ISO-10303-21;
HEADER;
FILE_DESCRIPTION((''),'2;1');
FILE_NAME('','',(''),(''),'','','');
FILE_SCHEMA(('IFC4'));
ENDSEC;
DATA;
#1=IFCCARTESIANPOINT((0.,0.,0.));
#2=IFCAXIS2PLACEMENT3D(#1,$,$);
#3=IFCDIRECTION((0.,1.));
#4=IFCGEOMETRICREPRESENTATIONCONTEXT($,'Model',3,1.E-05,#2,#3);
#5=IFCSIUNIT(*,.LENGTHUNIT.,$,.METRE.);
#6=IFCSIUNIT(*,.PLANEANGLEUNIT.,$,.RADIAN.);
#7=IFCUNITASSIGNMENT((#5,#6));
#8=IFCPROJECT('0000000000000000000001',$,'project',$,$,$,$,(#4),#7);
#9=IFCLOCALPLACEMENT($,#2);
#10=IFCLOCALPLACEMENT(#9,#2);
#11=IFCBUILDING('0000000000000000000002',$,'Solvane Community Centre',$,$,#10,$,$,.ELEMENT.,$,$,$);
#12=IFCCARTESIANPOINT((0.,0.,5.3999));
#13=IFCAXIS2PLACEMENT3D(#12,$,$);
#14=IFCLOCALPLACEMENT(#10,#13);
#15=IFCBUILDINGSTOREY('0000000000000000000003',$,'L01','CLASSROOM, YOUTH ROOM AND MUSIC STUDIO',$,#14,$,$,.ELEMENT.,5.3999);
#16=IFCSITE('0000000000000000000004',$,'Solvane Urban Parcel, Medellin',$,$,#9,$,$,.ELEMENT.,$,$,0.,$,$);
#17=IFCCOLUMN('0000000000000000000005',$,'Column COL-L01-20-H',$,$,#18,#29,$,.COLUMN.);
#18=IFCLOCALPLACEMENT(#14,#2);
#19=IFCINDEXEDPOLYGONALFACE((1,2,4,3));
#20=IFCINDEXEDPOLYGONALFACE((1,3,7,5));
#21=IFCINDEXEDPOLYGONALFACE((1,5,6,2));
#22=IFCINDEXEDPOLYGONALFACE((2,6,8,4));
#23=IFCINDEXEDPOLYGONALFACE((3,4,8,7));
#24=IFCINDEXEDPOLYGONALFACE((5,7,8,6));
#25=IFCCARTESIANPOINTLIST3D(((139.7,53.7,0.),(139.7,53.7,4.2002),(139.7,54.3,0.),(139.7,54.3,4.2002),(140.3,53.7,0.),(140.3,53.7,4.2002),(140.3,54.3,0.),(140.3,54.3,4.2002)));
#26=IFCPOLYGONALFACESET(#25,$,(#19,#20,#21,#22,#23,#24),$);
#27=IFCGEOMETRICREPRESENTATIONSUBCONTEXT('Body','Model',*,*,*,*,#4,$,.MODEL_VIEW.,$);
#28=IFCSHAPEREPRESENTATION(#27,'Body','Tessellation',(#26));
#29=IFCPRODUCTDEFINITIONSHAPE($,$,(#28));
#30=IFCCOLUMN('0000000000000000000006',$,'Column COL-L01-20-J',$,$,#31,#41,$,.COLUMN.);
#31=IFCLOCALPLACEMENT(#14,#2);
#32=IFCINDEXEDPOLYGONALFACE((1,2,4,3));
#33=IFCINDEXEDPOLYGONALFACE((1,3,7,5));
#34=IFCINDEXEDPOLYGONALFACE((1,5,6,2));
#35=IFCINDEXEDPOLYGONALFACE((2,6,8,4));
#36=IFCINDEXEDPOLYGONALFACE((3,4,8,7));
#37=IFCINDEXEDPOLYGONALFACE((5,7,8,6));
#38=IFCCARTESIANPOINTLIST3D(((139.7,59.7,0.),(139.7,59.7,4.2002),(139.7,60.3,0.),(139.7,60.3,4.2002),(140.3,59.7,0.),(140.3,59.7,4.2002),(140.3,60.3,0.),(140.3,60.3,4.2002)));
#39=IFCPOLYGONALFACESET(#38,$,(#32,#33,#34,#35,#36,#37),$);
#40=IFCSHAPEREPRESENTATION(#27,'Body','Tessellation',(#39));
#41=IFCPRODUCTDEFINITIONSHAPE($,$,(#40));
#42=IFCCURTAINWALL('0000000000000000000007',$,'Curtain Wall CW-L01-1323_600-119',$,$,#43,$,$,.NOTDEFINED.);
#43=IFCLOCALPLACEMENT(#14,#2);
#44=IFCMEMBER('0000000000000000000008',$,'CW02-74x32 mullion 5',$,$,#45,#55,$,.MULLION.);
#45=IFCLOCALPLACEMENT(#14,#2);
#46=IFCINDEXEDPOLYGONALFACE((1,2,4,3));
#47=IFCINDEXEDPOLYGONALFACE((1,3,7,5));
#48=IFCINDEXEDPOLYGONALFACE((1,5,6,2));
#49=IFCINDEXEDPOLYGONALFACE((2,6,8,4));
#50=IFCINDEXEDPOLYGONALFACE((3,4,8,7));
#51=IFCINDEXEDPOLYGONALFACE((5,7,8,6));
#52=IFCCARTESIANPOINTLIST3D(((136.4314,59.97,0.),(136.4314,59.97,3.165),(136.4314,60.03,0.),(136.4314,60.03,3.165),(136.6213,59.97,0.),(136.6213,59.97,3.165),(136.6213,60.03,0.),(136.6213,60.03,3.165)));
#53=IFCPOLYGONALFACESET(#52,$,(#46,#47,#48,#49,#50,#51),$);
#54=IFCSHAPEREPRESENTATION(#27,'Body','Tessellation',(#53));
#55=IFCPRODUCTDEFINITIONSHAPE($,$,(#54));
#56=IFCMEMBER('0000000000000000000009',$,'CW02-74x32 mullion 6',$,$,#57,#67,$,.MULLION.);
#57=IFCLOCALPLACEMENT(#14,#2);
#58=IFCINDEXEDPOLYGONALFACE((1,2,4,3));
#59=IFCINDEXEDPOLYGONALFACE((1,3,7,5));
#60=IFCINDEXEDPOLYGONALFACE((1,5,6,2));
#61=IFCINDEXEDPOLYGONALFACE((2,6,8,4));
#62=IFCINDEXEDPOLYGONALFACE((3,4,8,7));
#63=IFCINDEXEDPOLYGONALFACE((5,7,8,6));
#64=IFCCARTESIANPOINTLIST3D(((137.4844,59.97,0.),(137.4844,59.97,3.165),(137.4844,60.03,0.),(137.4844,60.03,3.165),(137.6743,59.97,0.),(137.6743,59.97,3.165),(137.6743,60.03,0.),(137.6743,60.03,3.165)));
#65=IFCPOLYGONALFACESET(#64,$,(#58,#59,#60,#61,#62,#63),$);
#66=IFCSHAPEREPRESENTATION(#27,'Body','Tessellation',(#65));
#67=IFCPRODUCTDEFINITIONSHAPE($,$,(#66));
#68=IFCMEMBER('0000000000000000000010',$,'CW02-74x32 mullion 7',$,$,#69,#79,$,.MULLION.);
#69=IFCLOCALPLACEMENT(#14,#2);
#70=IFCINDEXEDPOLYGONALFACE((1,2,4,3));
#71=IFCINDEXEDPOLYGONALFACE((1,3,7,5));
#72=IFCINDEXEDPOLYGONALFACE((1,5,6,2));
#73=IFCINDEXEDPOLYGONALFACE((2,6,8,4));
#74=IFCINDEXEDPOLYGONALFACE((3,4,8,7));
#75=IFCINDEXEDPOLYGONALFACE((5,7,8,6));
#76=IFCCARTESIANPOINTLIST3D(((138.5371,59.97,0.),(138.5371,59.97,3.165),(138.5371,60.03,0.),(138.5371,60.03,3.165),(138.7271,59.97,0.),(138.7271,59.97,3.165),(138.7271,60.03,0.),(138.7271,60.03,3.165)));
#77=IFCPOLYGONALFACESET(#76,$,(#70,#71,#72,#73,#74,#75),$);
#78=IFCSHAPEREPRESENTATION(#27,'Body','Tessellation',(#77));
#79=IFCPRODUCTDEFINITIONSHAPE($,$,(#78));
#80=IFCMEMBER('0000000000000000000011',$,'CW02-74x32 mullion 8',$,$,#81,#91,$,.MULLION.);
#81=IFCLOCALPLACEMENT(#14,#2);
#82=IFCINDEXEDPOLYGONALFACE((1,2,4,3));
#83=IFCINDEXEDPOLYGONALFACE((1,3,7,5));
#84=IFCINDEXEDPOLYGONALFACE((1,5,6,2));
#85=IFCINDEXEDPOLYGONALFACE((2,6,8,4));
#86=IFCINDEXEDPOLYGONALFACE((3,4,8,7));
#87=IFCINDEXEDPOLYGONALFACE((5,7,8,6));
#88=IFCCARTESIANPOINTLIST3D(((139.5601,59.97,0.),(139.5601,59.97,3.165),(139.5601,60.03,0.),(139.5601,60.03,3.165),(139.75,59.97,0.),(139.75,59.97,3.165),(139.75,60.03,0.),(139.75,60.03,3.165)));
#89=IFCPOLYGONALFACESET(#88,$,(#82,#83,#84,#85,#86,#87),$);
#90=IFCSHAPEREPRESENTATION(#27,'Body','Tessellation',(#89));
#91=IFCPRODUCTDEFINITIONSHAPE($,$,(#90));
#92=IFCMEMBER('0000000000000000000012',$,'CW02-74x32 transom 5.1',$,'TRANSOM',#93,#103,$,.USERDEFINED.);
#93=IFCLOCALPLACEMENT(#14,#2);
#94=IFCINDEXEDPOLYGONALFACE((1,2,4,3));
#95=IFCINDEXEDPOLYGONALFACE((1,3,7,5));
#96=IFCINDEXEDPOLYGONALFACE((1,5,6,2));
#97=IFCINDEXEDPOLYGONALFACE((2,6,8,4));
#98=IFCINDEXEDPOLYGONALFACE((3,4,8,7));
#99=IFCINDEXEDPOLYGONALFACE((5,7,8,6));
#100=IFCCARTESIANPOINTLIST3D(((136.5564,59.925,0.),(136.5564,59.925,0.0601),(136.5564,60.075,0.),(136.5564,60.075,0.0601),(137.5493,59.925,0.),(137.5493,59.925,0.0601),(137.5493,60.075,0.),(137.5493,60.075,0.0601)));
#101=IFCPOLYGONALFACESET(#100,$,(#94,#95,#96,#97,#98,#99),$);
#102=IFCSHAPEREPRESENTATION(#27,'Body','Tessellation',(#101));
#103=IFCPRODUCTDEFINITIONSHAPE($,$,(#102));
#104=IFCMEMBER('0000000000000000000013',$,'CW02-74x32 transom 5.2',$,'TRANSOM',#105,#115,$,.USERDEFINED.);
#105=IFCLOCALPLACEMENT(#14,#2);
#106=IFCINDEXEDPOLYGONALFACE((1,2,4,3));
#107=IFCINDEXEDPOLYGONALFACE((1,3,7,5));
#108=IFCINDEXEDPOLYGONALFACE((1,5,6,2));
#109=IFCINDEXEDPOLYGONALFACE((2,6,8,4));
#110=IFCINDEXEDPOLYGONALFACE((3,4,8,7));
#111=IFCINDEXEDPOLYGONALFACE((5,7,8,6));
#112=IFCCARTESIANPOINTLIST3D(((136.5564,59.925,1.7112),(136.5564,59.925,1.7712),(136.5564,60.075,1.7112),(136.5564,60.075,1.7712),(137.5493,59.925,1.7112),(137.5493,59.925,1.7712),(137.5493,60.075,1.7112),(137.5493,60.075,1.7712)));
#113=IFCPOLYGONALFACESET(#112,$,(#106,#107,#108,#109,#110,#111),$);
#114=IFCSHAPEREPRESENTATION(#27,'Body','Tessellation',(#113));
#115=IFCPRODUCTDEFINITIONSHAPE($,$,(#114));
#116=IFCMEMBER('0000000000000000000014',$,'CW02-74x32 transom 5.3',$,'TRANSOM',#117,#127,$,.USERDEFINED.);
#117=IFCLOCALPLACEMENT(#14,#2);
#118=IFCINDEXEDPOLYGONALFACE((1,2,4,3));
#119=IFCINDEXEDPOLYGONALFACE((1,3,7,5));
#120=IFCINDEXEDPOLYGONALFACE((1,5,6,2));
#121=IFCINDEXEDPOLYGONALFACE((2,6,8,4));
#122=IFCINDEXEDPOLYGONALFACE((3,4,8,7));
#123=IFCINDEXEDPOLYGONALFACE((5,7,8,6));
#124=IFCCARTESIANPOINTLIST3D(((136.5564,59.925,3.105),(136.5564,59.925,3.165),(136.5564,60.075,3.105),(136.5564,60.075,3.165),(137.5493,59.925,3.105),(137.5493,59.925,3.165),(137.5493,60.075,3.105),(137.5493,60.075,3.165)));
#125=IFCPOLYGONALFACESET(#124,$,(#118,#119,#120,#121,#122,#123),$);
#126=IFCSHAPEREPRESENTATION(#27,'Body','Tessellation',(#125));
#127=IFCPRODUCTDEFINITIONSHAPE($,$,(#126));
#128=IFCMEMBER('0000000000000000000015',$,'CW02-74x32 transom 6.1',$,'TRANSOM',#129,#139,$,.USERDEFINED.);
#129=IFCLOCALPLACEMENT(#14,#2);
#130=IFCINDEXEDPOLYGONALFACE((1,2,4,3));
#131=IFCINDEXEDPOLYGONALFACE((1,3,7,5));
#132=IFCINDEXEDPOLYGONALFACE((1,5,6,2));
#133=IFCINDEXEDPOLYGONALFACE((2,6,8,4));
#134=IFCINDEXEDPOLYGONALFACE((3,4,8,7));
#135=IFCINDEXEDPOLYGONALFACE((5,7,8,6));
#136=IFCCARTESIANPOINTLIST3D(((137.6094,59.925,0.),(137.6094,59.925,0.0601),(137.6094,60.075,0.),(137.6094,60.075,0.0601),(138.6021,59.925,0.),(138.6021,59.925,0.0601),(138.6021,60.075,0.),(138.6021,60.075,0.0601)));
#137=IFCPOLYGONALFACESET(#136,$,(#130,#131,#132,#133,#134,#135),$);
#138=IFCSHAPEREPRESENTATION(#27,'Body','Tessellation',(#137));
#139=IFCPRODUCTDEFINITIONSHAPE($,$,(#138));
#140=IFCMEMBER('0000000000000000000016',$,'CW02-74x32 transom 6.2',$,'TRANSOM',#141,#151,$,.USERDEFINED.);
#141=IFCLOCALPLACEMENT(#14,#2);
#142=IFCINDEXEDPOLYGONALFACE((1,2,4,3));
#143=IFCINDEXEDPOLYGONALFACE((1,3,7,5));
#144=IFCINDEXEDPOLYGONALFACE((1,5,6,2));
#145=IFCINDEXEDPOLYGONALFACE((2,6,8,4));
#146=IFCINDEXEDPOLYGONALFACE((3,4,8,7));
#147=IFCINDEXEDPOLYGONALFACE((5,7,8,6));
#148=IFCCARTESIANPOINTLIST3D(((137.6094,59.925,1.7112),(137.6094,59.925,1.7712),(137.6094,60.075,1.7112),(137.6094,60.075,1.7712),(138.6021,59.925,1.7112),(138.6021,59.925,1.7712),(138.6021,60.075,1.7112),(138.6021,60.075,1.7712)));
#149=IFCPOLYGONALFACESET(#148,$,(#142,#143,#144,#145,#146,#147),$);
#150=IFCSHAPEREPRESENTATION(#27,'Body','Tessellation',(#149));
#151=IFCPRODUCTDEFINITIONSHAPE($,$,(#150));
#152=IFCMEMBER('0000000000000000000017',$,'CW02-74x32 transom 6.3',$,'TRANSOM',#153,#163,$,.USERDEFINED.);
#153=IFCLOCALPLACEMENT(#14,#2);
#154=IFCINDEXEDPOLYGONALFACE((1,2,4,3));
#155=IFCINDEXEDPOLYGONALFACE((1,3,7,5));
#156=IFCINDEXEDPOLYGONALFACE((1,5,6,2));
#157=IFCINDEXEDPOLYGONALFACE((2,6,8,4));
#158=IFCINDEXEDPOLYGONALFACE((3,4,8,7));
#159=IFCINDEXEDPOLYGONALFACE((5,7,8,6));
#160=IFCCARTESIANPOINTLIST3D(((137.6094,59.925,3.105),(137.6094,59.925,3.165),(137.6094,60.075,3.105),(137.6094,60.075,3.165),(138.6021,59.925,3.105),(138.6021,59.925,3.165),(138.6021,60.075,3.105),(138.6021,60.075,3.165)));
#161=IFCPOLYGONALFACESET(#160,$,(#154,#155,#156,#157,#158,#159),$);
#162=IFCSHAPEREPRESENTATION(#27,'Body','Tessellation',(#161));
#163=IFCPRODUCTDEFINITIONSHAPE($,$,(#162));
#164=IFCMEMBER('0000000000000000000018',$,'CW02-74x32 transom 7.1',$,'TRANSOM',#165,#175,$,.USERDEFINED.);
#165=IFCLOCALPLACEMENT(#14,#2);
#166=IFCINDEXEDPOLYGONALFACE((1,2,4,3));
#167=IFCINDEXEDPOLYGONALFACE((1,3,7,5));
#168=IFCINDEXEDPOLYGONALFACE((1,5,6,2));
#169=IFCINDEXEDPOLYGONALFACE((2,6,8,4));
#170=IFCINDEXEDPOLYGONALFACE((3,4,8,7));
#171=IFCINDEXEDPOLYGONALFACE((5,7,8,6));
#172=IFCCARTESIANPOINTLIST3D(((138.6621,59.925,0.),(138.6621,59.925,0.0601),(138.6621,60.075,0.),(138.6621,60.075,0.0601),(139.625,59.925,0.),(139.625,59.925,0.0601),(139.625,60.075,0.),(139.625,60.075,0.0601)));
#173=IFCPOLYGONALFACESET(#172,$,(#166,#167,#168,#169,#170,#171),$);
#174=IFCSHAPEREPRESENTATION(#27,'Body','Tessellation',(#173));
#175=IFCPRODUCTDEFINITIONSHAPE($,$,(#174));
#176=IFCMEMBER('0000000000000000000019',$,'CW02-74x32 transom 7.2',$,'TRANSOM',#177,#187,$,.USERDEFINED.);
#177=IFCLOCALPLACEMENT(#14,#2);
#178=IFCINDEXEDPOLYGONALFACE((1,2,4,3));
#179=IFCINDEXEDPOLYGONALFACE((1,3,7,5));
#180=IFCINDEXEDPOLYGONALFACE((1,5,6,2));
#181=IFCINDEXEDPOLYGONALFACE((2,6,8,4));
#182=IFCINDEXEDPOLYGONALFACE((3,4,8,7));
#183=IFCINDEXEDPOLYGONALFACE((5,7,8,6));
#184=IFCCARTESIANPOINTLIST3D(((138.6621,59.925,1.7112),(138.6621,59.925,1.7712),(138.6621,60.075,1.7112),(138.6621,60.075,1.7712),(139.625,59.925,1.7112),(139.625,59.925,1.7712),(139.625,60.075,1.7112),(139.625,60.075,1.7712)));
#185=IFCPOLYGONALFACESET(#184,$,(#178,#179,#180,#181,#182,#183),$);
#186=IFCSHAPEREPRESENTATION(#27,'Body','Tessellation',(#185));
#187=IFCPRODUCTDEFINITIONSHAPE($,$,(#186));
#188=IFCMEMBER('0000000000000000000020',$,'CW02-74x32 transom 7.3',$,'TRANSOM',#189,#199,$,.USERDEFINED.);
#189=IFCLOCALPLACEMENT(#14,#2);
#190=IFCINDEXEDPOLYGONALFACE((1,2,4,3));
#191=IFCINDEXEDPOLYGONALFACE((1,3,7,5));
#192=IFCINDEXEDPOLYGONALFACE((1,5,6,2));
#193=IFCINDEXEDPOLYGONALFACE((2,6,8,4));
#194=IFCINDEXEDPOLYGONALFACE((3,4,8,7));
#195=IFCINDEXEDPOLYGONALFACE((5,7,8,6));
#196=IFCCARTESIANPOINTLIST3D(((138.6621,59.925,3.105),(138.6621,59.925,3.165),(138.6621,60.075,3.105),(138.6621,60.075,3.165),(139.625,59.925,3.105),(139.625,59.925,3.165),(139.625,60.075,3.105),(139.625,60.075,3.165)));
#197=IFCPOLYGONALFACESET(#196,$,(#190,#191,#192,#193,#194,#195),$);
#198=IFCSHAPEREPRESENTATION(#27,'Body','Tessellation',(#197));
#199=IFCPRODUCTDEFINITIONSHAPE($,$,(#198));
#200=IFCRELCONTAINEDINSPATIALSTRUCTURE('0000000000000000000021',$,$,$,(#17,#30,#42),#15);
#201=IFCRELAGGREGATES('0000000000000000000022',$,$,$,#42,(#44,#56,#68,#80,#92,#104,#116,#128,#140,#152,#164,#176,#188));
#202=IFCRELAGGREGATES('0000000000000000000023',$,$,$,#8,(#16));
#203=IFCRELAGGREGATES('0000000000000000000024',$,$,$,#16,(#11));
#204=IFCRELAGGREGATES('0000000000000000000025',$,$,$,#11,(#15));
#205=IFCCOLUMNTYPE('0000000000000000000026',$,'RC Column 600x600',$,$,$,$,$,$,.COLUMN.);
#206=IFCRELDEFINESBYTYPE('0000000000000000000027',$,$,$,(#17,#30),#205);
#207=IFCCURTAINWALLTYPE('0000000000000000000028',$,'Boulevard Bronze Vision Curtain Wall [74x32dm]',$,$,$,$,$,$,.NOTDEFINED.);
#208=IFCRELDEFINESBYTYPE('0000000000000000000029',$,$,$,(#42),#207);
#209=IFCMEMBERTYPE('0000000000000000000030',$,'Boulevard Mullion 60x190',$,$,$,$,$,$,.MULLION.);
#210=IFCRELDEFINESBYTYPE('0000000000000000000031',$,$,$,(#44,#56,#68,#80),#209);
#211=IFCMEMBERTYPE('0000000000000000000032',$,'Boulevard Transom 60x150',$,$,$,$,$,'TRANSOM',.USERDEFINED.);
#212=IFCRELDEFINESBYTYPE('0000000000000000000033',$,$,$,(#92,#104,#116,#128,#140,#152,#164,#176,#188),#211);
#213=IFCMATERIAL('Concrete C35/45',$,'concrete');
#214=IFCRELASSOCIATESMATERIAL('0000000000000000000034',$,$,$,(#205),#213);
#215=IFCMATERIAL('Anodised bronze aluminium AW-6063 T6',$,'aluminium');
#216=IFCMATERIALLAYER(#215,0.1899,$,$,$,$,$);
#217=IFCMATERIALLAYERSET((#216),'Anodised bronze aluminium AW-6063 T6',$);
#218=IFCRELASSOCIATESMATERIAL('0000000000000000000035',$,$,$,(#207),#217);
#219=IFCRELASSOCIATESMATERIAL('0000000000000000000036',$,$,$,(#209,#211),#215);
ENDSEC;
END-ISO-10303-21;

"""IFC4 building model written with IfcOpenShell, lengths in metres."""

from ifc_helpers import new_model, si_unit, direction, frame, origin, origin_2d, place, context, subcontext, project, spatial, rectangle, extrude, material, layer, layer_set, material_profile, profile_set, type_object, element, aggregate, save


model = new_model("IFC4")

# Units and contexts
model_context = context("Model", 3, precision=1e-05, world=origin(), true_north=direction((0.0, 1.0)))
body_context = subcontext(model_context, "Body", "Model", "MODEL_VIEW")
ifc_project = project(units=[si_unit("LENGTHUNIT", "METRE"), si_unit("PLANEANGLEUNIT", "RADIAN")], contexts=[model_context])

# Site, building, storey
site_placement = place(None, origin())
site = spatial("IfcSite", under=ifc_project, at=site_placement, Name="Solvane Urban Parcel, Medellin", CompositionType="ELEMENT", RefElevation=0.0)
building_placement = place(site_placement, origin())
building = spatial("IfcBuilding", under=site, at=building_placement, Name="Solvane Community Centre", CompositionType="ELEMENT")
storey_placement = place(building_placement, frame((0.0, 0.0, 5.3999)))
storey = spatial("IfcBuildingStorey", under=building, at=storey_placement, Name="L01", Description="CLASSROOM, YOUTH ROOM AND MUSIC STUDIO", CompositionType="ELEMENT", Elevation=5.3999)

# Columns
ifc_material_1 = material(Name="Concrete C35/45", Category="concrete")
ifc_material_profile_1 = material_profile(ifc_material_1, rectangle(XDim=0.6001, YDim=0.6001, at=origin_2d()), Name="RC 600x600")
ifc_profile_set_1 = profile_set([ifc_material_profile_1], Name="Concrete C35/45")
column_type = type_object("IfcColumnType", Name="RC Column 600x600", PredefinedType="COLUMN", material=ifc_profile_set_1)
for number, where, z_axis, x_axis, name in (
    (1, (140.0, 54.0, 0.0), (0.0, 0.0, 1.0), (1.0, 0.0, 0.0), "Column COL-L01-20-H"),
    (2, (140.0, 60.0, 0.0), (0.0, 0.0, 1.0), (1.0, 0.0, 0.0), "Column COL-L01-20-J"),
):
    element("IfcColumn", number, at=place(storey_placement, frame(where, z_axis=z_axis, x_axis=x_axis)), inside=storey, type_object=column_type, Name=name, PredefinedType="COLUMN", context=body_context, shape_type="SweptSolid", body=[
        extrude(rectangle(XDim=0.6001, YDim=0.6001, at=origin_2d()), origin(), (0.0, 0.0, 1.0), 4.2002),
    ])

# Curtain wall, members
ifc_material_2 = material(Name="Anodised bronze aluminium AW-6063 T6", Category="aluminium")
ifc_layer_1 = layer(ifc_material_2, 0.1899)
ifc_layer_set_1 = layer_set([ifc_layer_1], Name="Anodised bronze aluminium AW-6063 T6")
curtain_wall_type = type_object("IfcCurtainWallType", Name="Boulevard Bronze Vision Curtain Wall [74x32dm]", PredefinedType="NOTDEFINED", material=ifc_layer_set_1)
curtain_wall_placement = place(storey_placement, origin())
curtain_wall = element("IfcCurtainWall", 3, at=curtain_wall_placement, inside=storey, type_object=curtain_wall_type, Name="Curtain Wall CW-L01-1323_600-119", PredefinedType="NOTDEFINED")
ifc_material_profile_2 = material_profile(ifc_material_2, rectangle(XDim=0.0601, YDim=0.1899, at=origin_2d()), Name="CW-M 60x190")
ifc_profile_set_2 = profile_set([ifc_material_profile_2], Name="Anodised bronze aluminium AW-6063 T6")
member_type_1 = type_object("IfcMemberType", Name="Boulevard Mullion 60x190", PredefinedType="MULLION", material=ifc_profile_set_2)
member_1_placement = place(storey_placement, frame((136.5264, 60.0, 0.0), z_axis=(0.0, 0.0, 1.0), x_axis=(0.0, 1.0, 0.0)))
member_1 = element("IfcMember", 4, at=member_1_placement, type_object=member_type_1, Name="CW02-74x32 mullion 5", PredefinedType="MULLION", context=body_context, shape_type="SweptSolid", body=[
    extrude(rectangle(XDim=0.0601, YDim=0.1899, at=origin_2d()), origin(), (0.0, 0.0, 1.0), 3.165),
])
member_2_placement = place(storey_placement, frame((137.5793, 60.0, 0.0), z_axis=(0.0, 0.0, 1.0), x_axis=(0.0, 1.0, 0.0)))
member_2 = element("IfcMember", 5, at=member_2_placement, type_object=member_type_1, Name="CW02-74x32 mullion 6", PredefinedType="MULLION", context=body_context, shape_type="SweptSolid", body=[
    extrude(rectangle(XDim=0.0601, YDim=0.1899, at=origin_2d()), origin(), (0.0, 0.0, 1.0), 3.165),
])
member_3_placement = place(storey_placement, frame((138.6321, 60.0, 0.0), z_axis=(0.0, 0.0, 1.0), x_axis=(0.0, 1.0, 0.0)))
member_3 = element("IfcMember", 6, at=member_3_placement, type_object=member_type_1, Name="CW02-74x32 mullion 7", PredefinedType="MULLION", context=body_context, shape_type="SweptSolid", body=[
    extrude(rectangle(XDim=0.0601, YDim=0.1899, at=origin_2d()), origin(), (0.0, 0.0, 1.0), 3.165),
])
member_4_placement = place(storey_placement, frame((139.655, 60.0, 0.0), z_axis=(0.0, 0.0, 1.0), x_axis=(0.0, 1.0, 0.0)))
member_4 = element("IfcMember", 7, at=member_4_placement, type_object=member_type_1, Name="CW02-74x32 mullion 8", PredefinedType="MULLION", context=body_context, shape_type="SweptSolid", body=[
    extrude(rectangle(XDim=0.0601, YDim=0.1899, at=origin_2d()), origin(), (0.0, 0.0, 1.0), 3.165),
])
ifc_material_profile_3 = material_profile(ifc_material_2, rectangle(XDim=0.1499, YDim=0.0601, at=origin_2d()), Name="CW-T 60x150")
ifc_profile_set_3 = profile_set([ifc_material_profile_3], Name="Anodised bronze aluminium AW-6063 T6")
member_type_2 = type_object("IfcMemberType", Name="Boulevard Transom 60x150", ElementType="TRANSOM", PredefinedType="USERDEFINED", material=ifc_profile_set_3)
member_5_placement = place(storey_placement, frame((136.5564, 60.0, 0.03), z_axis=(1.0, 0.0, 0.0), x_axis=(0.0, 1.0, 0.0)))
member_5 = element("IfcMember", 8, at=member_5_placement, type_object=member_type_2, Name="CW02-74x32 transom 5.1", ObjectType="TRANSOM", PredefinedType="USERDEFINED", context=body_context, shape_type="SweptSolid", body=[
    extrude(rectangle(XDim=0.1499, YDim=0.0601, at=origin_2d()), origin(), (0.0, 0.0, 1.0), 0.9929),
])
member_6_placement = place(storey_placement, frame((136.5564, 60.0, 1.7412), z_axis=(1.0, 0.0, 0.0), x_axis=(0.0, 1.0, 0.0)))
member_6 = element("IfcMember", 9, at=member_6_placement, type_object=member_type_2, Name="CW02-74x32 transom 5.2", ObjectType="TRANSOM", PredefinedType="USERDEFINED", context=body_context, shape_type="SweptSolid", body=[
    extrude(rectangle(XDim=0.1499, YDim=0.0601, at=origin_2d()), origin(), (0.0, 0.0, 1.0), 0.9929),
])
member_7_placement = place(storey_placement, frame((136.5564, 60.0, 3.135), z_axis=(1.0, 0.0, 0.0), x_axis=(0.0, 1.0, 0.0)))
member_7 = element("IfcMember", 10, at=member_7_placement, type_object=member_type_2, Name="CW02-74x32 transom 5.3", ObjectType="TRANSOM", PredefinedType="USERDEFINED", context=body_context, shape_type="SweptSolid", body=[
    extrude(rectangle(XDim=0.1499, YDim=0.0601, at=origin_2d()), origin(), (0.0, 0.0, 1.0), 0.9929),
])
member_8_placement = place(storey_placement, frame((137.6094, 60.0, 0.03), z_axis=(1.0, 0.0, 0.0), x_axis=(0.0, 1.0, 0.0)))
member_8 = element("IfcMember", 11, at=member_8_placement, type_object=member_type_2, Name="CW02-74x32 transom 6.1", ObjectType="TRANSOM", PredefinedType="USERDEFINED", context=body_context, shape_type="SweptSolid", body=[
    extrude(rectangle(XDim=0.1499, YDim=0.0601, at=origin_2d()), origin(), (0.0, 0.0, 1.0), 0.9927),
])
member_9_placement = place(storey_placement, frame((137.6094, 60.0, 1.7412), z_axis=(1.0, 0.0, 0.0), x_axis=(0.0, 1.0, 0.0)))
member_9 = element("IfcMember", 12, at=member_9_placement, type_object=member_type_2, Name="CW02-74x32 transom 6.2", ObjectType="TRANSOM", PredefinedType="USERDEFINED", context=body_context, shape_type="SweptSolid", body=[
    extrude(rectangle(XDim=0.1499, YDim=0.0601, at=origin_2d()), origin(), (0.0, 0.0, 1.0), 0.9927),
])
member_10_placement = place(storey_placement, frame((137.6094, 60.0, 3.135), z_axis=(1.0, 0.0, 0.0), x_axis=(0.0, 1.0, 0.0)))
member_10 = element("IfcMember", 13, at=member_10_placement, type_object=member_type_2, Name="CW02-74x32 transom 6.3", ObjectType="TRANSOM", PredefinedType="USERDEFINED", context=body_context, shape_type="SweptSolid", body=[
    extrude(rectangle(XDim=0.1499, YDim=0.0601, at=origin_2d()), origin(), (0.0, 0.0, 1.0), 0.9927),
])
member_11_placement = place(storey_placement, frame((138.6621, 60.0, 0.03), z_axis=(1.0, 0.0, 0.0), x_axis=(0.0, 1.0, 0.0)))
member_11 = element("IfcMember", 14, at=member_11_placement, type_object=member_type_2, Name="CW02-74x32 transom 7.1", ObjectType="TRANSOM", PredefinedType="USERDEFINED", context=body_context, shape_type="SweptSolid", body=[
    extrude(rectangle(XDim=0.1499, YDim=0.0601, at=origin_2d()), origin(), (0.0, 0.0, 1.0), 0.9629),
])
member_12_placement = place(storey_placement, frame((138.6621, 60.0, 1.7412), z_axis=(1.0, 0.0, 0.0), x_axis=(0.0, 1.0, 0.0)))
member_12 = element("IfcMember", 15, at=member_12_placement, type_object=member_type_2, Name="CW02-74x32 transom 7.2", ObjectType="TRANSOM", PredefinedType="USERDEFINED", context=body_context, shape_type="SweptSolid", body=[
    extrude(rectangle(XDim=0.1499, YDim=0.0601, at=origin_2d()), origin(), (0.0, 0.0, 1.0), 0.9629),
])
member_13_placement = place(storey_placement, frame((138.6621, 60.0, 3.135), z_axis=(1.0, 0.0, 0.0), x_axis=(0.0, 1.0, 0.0)))
member_13 = element("IfcMember", 16, at=member_13_placement, type_object=member_type_2, Name="CW02-74x32 transom 7.3", ObjectType="TRANSOM", PredefinedType="USERDEFINED", context=body_context, shape_type="SweptSolid", body=[
    extrude(rectangle(XDim=0.1499, YDim=0.0601, at=origin_2d()), origin(), (0.0, 0.0, 1.0), 0.9629),
])

aggregate(curtain_wall, [member_1, member_2, member_3, member_4, member_5, member_6, member_7, member_8, member_9, member_10, member_11, member_12, member_13])

save(model, "model.ifc")
